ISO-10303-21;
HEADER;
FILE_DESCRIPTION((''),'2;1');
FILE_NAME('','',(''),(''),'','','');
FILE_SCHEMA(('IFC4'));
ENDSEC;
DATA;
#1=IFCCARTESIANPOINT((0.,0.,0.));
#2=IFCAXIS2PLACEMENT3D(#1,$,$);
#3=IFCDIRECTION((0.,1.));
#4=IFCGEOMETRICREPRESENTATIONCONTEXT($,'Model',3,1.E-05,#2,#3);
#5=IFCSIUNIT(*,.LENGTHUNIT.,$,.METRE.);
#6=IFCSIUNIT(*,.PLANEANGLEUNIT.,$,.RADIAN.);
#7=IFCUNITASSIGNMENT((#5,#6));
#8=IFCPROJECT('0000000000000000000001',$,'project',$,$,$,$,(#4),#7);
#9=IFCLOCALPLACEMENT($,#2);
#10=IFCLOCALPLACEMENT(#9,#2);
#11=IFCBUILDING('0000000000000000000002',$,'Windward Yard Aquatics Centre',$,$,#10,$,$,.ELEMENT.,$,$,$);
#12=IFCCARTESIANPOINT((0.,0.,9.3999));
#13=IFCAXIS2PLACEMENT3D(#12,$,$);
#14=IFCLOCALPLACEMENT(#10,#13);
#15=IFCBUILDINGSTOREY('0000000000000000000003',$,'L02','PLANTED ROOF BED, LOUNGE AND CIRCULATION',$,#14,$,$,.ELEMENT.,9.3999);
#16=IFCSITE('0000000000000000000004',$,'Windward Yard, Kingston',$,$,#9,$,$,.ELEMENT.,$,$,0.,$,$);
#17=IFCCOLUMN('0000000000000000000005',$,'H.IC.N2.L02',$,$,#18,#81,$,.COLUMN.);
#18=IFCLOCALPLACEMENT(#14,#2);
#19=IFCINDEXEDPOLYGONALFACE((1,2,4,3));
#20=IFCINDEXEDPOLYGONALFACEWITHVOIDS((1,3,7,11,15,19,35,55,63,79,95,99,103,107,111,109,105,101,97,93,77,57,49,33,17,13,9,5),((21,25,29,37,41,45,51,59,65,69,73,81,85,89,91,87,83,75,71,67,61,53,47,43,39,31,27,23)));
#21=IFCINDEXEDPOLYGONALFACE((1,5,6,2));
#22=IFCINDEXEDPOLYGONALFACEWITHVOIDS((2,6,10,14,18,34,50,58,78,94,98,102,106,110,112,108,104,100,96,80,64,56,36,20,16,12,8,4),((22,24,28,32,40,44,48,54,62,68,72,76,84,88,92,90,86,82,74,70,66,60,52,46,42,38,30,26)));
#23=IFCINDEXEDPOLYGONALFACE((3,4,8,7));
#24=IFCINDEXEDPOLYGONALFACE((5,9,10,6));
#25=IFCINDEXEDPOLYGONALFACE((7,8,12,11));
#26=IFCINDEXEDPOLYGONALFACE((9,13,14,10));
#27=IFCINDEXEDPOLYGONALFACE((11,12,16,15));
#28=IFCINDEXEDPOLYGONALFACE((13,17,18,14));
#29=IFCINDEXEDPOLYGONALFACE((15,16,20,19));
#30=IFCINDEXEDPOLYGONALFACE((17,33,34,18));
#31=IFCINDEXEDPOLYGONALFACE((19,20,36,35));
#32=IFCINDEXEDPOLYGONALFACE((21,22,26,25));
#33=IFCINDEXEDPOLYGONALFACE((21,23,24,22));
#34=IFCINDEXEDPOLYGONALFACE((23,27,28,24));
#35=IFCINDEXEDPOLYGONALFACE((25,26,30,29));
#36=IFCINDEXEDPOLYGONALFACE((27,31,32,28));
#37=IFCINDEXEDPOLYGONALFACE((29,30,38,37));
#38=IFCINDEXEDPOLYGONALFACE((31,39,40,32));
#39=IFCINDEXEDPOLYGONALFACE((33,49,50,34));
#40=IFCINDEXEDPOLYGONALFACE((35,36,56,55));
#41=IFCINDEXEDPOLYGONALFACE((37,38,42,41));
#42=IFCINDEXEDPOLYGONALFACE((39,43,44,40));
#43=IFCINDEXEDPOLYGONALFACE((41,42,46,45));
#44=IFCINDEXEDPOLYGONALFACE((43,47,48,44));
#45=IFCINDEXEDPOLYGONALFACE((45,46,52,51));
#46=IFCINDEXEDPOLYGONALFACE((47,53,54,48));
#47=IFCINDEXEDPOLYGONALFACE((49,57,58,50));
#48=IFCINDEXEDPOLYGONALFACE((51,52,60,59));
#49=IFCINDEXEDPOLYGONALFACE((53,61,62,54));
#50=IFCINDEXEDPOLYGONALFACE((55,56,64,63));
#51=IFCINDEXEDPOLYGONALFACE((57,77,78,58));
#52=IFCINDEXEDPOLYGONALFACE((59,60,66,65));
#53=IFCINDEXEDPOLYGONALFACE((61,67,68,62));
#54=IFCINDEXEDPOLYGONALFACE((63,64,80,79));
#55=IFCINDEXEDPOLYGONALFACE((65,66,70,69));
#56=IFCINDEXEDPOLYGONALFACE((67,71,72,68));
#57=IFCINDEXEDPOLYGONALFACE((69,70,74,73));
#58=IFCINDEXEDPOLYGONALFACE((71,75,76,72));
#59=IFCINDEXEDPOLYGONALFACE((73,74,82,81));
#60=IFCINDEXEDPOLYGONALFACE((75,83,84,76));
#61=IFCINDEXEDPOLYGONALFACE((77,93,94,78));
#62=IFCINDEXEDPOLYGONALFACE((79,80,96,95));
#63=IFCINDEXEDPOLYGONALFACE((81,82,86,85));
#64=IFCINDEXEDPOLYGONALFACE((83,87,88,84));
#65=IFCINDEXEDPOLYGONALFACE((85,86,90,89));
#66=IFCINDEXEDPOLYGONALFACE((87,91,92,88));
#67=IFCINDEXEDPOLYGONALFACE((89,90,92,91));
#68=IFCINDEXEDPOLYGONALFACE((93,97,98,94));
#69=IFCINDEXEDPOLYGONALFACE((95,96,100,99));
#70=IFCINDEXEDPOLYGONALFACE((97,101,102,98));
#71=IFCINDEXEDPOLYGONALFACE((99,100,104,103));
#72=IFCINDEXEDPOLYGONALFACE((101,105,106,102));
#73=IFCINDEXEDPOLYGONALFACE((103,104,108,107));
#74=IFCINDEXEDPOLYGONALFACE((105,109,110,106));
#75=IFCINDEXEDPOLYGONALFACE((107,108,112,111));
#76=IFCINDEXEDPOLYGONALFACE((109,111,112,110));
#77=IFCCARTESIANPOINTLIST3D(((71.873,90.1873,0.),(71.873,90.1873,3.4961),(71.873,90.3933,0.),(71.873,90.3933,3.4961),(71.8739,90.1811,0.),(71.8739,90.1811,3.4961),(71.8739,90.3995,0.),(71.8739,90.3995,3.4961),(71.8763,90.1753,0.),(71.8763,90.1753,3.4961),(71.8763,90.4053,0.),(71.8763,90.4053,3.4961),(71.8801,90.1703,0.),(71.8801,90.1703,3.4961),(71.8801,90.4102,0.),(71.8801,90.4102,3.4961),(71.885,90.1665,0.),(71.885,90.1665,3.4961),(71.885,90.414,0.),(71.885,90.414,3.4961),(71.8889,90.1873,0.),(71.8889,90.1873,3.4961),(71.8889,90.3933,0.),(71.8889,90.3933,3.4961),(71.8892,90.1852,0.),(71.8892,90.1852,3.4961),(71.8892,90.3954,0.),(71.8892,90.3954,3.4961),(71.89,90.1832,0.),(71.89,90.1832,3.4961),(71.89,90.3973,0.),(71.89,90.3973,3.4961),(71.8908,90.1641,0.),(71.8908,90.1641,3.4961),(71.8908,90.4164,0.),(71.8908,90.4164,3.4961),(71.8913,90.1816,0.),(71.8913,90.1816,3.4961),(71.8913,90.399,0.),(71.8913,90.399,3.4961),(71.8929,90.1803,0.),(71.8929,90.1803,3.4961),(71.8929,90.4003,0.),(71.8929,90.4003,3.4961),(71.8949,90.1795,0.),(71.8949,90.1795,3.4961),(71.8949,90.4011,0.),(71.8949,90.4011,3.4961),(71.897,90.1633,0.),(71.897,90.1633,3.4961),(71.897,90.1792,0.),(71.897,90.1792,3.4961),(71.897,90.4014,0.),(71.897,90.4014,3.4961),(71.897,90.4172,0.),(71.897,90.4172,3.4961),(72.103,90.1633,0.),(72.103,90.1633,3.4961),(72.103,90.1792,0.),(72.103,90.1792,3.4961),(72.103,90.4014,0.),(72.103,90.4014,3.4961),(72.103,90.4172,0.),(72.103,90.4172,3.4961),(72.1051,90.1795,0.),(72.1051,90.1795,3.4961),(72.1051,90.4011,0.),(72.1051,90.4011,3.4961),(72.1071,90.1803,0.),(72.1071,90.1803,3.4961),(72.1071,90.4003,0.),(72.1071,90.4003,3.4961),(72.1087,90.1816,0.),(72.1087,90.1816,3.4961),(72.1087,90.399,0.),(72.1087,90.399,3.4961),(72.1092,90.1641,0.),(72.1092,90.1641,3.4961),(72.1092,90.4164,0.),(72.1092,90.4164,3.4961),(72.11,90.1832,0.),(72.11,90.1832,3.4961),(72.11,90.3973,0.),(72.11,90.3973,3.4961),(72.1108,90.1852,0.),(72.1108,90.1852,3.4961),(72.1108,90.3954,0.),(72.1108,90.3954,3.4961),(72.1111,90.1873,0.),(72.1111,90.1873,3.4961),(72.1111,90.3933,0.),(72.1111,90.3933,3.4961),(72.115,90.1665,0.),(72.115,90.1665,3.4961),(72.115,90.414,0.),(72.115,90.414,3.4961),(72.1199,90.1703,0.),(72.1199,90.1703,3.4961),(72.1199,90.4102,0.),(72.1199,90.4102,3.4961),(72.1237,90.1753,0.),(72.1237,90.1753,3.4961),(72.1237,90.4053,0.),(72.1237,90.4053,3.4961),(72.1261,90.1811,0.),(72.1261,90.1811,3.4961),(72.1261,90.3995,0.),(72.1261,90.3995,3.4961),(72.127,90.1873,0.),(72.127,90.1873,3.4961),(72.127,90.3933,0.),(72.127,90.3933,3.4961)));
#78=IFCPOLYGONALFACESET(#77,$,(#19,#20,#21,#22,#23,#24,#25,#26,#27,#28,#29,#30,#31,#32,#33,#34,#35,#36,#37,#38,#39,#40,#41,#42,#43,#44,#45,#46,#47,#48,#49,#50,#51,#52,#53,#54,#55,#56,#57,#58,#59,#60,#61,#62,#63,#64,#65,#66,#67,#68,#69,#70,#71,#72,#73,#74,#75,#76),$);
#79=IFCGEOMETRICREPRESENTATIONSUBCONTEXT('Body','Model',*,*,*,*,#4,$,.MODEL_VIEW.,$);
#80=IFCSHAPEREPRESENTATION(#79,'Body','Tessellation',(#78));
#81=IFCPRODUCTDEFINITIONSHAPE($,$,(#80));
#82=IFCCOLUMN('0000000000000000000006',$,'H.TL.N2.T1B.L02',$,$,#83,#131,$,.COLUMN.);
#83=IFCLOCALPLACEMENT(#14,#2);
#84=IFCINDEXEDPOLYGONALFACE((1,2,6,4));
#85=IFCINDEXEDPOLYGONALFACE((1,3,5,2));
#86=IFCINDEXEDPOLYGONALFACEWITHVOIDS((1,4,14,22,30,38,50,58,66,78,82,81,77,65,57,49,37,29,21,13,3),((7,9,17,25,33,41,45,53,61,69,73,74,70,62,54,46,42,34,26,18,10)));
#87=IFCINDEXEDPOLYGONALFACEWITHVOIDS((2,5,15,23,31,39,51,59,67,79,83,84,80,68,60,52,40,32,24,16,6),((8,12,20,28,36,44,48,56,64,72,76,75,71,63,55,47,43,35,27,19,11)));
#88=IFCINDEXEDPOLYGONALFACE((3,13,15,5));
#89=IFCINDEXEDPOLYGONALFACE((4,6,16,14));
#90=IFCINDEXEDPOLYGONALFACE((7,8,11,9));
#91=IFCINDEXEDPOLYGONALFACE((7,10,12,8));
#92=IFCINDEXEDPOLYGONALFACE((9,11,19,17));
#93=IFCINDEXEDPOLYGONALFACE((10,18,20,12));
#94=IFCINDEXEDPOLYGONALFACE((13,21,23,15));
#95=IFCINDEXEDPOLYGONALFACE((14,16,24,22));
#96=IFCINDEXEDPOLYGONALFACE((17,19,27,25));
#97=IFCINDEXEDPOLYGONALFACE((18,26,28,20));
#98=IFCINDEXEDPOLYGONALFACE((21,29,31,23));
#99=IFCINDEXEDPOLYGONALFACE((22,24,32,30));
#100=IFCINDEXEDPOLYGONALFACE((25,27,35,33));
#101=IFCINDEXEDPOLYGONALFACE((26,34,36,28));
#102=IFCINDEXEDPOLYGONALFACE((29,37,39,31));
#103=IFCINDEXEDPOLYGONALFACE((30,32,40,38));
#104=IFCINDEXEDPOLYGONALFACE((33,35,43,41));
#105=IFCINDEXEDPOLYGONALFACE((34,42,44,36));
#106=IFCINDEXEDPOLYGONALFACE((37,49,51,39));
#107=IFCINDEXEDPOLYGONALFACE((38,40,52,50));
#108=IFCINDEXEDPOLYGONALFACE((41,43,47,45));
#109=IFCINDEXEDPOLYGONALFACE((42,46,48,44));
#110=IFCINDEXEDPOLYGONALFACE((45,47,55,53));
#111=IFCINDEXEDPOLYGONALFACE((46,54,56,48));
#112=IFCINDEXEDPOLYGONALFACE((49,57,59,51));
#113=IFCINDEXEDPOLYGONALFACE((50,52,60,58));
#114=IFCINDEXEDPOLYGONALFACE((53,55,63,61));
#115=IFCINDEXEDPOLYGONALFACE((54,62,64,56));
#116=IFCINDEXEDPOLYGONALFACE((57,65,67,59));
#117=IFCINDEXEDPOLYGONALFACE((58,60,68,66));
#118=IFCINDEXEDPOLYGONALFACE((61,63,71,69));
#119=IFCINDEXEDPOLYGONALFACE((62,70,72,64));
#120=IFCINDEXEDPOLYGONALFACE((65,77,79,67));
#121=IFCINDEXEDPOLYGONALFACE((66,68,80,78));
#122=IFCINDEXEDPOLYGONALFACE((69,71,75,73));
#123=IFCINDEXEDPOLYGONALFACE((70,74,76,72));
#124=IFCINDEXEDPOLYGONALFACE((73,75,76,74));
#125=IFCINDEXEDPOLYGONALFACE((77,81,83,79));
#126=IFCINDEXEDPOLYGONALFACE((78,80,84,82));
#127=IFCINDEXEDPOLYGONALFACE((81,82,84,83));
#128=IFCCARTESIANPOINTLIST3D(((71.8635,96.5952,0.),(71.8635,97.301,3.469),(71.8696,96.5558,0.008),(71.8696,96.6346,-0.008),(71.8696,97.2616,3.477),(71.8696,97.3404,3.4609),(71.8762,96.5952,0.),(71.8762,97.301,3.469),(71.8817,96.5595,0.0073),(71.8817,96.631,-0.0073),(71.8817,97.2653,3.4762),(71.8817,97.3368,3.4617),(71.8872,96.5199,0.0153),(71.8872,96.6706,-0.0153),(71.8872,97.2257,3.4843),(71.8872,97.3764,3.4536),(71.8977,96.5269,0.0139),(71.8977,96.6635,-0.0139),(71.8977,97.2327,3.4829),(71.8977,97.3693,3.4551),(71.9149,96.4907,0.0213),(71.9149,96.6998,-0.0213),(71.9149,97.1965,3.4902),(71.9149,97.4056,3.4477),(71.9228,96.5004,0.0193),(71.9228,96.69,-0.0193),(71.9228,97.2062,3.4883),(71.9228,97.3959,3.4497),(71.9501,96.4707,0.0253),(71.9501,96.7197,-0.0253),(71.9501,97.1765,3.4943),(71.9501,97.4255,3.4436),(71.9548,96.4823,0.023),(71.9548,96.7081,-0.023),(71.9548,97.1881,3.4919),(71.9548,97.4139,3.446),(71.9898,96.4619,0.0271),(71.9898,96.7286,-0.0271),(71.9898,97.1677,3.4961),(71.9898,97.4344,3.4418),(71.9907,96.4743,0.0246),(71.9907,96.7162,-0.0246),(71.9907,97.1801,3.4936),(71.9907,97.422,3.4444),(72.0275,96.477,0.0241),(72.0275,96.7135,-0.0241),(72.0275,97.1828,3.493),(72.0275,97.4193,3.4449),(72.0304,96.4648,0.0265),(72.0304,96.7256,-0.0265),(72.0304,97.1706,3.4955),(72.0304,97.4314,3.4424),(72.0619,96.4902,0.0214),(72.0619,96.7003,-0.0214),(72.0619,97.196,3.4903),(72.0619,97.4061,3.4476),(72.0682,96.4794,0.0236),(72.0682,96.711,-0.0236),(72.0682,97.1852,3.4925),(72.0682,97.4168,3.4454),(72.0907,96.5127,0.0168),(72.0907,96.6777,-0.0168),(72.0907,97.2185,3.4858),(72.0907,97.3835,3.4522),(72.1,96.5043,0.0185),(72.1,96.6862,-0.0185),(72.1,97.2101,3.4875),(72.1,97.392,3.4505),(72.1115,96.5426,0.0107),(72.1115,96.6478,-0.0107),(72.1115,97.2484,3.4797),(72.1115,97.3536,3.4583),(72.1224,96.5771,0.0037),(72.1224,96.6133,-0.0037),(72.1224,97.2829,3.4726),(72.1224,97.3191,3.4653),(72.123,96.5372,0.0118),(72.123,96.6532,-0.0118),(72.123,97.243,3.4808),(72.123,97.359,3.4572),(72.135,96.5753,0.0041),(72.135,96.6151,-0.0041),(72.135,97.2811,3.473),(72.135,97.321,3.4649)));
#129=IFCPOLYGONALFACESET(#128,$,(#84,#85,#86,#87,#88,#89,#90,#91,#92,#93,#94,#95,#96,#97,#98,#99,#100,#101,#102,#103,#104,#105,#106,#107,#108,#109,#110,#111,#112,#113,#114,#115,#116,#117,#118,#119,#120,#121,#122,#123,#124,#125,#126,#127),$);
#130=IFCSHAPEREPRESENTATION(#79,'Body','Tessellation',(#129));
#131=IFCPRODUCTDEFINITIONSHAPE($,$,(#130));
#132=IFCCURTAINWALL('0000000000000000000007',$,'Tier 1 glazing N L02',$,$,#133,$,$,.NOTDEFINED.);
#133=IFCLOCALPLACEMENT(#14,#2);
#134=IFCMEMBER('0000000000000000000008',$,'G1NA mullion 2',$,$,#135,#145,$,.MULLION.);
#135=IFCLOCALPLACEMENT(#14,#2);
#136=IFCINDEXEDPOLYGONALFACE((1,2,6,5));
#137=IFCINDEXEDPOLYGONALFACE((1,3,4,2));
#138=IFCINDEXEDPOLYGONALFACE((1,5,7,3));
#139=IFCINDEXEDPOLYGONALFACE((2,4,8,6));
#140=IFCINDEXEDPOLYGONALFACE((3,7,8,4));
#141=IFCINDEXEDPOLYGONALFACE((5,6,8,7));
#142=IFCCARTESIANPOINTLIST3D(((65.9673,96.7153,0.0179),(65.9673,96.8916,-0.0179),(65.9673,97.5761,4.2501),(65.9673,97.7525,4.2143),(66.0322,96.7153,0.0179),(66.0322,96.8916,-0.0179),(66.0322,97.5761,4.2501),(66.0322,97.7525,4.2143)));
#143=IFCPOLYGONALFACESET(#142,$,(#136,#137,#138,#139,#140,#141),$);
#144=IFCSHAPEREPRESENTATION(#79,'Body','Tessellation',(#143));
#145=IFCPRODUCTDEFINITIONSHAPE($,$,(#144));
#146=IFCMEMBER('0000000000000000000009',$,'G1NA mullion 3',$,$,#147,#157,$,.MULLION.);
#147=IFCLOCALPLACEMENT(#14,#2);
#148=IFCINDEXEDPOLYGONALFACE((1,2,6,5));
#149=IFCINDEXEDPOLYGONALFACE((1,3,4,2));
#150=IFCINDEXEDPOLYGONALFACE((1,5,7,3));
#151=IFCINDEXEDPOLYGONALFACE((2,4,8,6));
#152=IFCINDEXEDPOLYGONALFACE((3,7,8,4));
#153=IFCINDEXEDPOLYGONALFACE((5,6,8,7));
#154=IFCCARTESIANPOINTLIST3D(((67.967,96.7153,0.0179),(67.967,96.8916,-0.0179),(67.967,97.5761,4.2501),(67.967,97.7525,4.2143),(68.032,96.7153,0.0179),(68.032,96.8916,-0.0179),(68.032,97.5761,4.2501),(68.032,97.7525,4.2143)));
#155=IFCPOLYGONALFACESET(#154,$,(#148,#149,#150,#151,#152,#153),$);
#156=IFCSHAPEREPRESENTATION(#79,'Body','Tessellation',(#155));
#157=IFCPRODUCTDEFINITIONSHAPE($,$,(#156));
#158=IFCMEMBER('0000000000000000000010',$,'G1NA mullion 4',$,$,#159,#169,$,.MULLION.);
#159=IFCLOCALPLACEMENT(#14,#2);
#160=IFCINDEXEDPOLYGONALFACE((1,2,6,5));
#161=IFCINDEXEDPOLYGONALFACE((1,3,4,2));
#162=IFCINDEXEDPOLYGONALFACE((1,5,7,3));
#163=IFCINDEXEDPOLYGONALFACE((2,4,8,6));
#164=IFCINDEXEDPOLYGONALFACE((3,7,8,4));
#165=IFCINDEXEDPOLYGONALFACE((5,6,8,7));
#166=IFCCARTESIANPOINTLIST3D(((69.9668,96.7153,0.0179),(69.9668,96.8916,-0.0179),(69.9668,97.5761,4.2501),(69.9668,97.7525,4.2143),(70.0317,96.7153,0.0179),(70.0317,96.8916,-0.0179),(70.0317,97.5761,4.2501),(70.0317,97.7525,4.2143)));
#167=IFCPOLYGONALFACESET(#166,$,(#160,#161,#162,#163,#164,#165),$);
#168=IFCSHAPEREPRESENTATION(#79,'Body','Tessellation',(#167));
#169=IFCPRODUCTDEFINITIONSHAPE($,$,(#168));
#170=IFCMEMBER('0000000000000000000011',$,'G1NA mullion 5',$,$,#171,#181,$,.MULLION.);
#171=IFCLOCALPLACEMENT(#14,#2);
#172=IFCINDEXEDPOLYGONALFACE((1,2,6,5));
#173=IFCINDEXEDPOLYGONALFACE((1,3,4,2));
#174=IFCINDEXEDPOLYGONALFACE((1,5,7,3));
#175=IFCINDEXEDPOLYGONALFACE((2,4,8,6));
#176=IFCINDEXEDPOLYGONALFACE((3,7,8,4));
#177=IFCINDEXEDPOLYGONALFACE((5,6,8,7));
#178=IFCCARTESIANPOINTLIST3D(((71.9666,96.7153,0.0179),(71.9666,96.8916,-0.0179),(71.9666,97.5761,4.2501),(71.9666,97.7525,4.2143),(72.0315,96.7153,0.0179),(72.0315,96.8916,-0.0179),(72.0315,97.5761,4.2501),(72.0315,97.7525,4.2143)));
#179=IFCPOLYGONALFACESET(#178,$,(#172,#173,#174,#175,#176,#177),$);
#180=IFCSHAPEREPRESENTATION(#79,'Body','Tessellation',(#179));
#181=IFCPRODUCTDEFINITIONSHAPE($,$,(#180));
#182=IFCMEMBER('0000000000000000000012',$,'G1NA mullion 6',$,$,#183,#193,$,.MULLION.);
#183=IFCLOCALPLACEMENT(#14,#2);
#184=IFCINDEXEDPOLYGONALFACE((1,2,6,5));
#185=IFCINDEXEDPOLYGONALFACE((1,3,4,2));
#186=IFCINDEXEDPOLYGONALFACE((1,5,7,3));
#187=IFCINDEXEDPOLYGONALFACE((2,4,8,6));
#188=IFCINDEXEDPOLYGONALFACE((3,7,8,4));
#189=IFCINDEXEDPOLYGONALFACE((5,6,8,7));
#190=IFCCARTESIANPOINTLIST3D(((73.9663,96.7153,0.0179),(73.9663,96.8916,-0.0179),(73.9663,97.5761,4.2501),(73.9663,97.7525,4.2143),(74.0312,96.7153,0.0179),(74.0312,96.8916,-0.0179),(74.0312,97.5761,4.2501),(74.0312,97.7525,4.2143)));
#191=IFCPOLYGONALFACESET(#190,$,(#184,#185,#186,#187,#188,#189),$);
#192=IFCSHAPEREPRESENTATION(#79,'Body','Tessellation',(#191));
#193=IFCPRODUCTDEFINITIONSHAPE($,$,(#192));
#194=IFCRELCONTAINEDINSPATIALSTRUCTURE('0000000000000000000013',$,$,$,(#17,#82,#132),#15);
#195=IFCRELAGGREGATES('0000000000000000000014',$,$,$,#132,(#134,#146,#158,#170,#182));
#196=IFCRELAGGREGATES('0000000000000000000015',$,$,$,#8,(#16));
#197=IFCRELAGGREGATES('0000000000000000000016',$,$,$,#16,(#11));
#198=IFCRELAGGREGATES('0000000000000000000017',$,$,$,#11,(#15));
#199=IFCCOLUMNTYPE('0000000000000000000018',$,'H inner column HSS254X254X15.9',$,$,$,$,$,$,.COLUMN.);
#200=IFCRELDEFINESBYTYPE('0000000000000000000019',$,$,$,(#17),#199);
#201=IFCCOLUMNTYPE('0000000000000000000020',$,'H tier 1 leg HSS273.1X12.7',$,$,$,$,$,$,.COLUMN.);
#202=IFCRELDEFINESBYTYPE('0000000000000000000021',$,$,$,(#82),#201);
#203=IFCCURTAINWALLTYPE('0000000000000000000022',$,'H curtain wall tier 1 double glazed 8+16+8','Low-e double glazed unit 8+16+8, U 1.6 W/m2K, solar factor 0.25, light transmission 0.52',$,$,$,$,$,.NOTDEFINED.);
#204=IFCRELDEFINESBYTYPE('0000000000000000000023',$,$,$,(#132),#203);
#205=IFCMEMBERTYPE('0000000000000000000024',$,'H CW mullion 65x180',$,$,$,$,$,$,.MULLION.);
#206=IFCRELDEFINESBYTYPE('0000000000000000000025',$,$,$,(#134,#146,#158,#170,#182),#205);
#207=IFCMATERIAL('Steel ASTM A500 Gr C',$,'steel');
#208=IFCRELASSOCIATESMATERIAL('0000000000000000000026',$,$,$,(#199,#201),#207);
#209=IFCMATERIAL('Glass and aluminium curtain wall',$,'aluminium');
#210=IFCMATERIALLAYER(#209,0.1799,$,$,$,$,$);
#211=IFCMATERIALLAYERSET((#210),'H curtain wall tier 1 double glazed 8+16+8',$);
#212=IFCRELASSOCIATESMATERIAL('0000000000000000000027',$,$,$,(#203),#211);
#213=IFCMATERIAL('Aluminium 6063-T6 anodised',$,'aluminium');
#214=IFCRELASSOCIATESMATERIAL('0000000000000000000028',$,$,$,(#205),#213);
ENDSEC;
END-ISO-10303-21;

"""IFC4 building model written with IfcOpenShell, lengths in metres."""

from ifc_helpers import new_model, si_unit, direction, frame, origin, origin_2d, place, context, subcontext, project, spatial, rectangle, hollow_rectangle, hollow_circle, extrude, material, layer, layer_set, material_profile, profile_set, type_object, element, aggregate, save


model = new_model("IFC4")

# Units and contexts
model_context = context("Model", 3, precision=1e-05, world=origin(), true_north=direction((0.0, 1.0)))
body_context = subcontext(model_context, "Body", "Model", "MODEL_VIEW")
ifc_project = project(units=[si_unit("LENGTHUNIT", "METRE"), si_unit("PLANEANGLEUNIT", "RADIAN")], contexts=[model_context])

# Site, building, storey
site_placement = place(None, origin())
site = spatial("IfcSite", under=ifc_project, at=site_placement, Name="Windward Yard, Kingston", CompositionType="ELEMENT", RefElevation=0.0)
building_placement = place(site_placement, origin())
building = spatial("IfcBuilding", under=site, at=building_placement, Name="Windward Yard Aquatics Centre", CompositionType="ELEMENT")
storey_placement = place(building_placement, frame((0.0, 0.0, 9.3999)))
storey = spatial("IfcBuildingStorey", under=building, at=storey_placement, Name="L02", Description="PLANTED ROOF BED, LOUNGE AND CIRCULATION", CompositionType="ELEMENT", Elevation=9.3999)

# Columns
ifc_material_1 = material(Name="Steel ASTM A500 Gr C", Category="steel")
ifc_material_profile_1 = material_profile(ifc_material_1, hollow_rectangle(XDim=0.2539, YDim=0.2539, WallThickness=0.0159, InnerFilletRadius=0.0081, OuterFilletRadius=0.0239, at=origin_2d()), Name="HSS254X254X15.9")
ifc_profile_set_1 = profile_set([ifc_material_profile_1], Name="Steel ASTM A500 Gr C")
column_type_1 = type_object("IfcColumnType", Name="H inner column HSS254X254X15.9", PredefinedType="COLUMN", material=ifc_profile_set_1)
column_1_placement = place(storey_placement, frame((72.0, 90.2903, 0.0), z_axis=(0.0, 0.0, 1.0), x_axis=(1.0, 0.0, 0.0)))
element("IfcColumn", 1, at=column_1_placement, inside=storey, type_object=column_type_1, Name="H.IC.N2.L02", PredefinedType="COLUMN", context=body_context, shape_type="SweptSolid", body=[
    extrude(hollow_rectangle(XDim=0.2539, YDim=0.2539, WallThickness=0.0159, InnerFilletRadius=0.0081, OuterFilletRadius=0.0239, at=origin_2d()), origin(), (0.0, 0.0, 1.0), 3.4961),
])
ifc_material_profile_2 = material_profile(ifc_material_1, hollow_circle(Radius=0.1365, WallThickness=0.0127, at=origin_2d()), Name="HSS273.1X12.7")
ifc_profile_set_2 = profile_set([ifc_material_profile_2], Name="Steel ASTM A500 Gr C")
column_type_2 = type_object("IfcColumnType", Name="H tier 1 leg HSS273.1X12.7", PredefinedType="COLUMN", material=ifc_profile_set_2)
column_2_placement = place(storey_placement, frame((72.0, 96.5952, 0.0), z_axis=(0.0, 0.199378, 0.979923), x_axis=(-1.0, 0.0, 0.0)))
element("IfcColumn", 2, at=column_2_placement, inside=storey, type_object=column_type_2, Name="H.TL.N2.T1B.L02", PredefinedType="COLUMN", context=body_context, shape_type="SweptSolid", body=[
    extrude(hollow_circle(Radius=0.1365, WallThickness=0.0127, at=origin_2d()), origin(), (0.0, 0.0, 1.0), 3.54),
])

# Curtain wall, members
ifc_material_2 = material(Name="Glass and aluminium curtain wall", Category="aluminium")
ifc_layer_1 = layer(ifc_material_2, 0.1799)
ifc_layer_set_1 = layer_set([ifc_layer_1], Name="H curtain wall tier 1 double glazed 8+16+8")
curtain_wall_type = type_object("IfcCurtainWallType", Name="H curtain wall tier 1 double glazed 8+16+8", Description="Low-e double glazed unit 8+16+8, U 1.6 W/m2K, solar factor 0.25, light transmission 0.52", PredefinedType="NOTDEFINED", material=ifc_layer_set_1)
curtain_wall_placement = place(storey_placement, origin())
curtain_wall = element("IfcCurtainWall", 3, at=curtain_wall_placement, inside=storey, type_object=curtain_wall_type, Name="Tier 1 glazing N L02", PredefinedType="NOTDEFINED")
ifc_material_3 = material(Name="Aluminium 6063-T6 anodised", Category="aluminium")
ifc_material_profile_3 = material_profile(ifc_material_3, rectangle(XDim=0.0649, YDim=0.1799, at=origin_2d()), Name="H CW mullion 65x180")
ifc_profile_set_3 = profile_set([ifc_material_profile_3], Name="Aluminium 6063-T6 anodised")
member_type_1 = type_object("IfcMemberType", Name="H CW mullion 65x180", PredefinedType="MULLION", material=ifc_profile_set_3)
member_1_placement = place(storey_placement, frame((65.9998, 96.8035, 0.0), z_axis=(0.0, 0.199322, 0.979934), x_axis=(-1.0, 0.0, 0.0)))
member_1 = element("IfcMember", 4, at=member_1_placement, type_object=member_type_1, Name="G1NA mullion 2", PredefinedType="MULLION", context=body_context, shape_type="SweptSolid", body=[
    extrude(rectangle(XDim=0.0649, YDim=0.1799, at=origin_2d()), origin(), (0.0, 0.0, 1.0), 4.3188),
])
member_2_placement = place(storey_placement, frame((67.9995, 96.8035, 0.0), z_axis=(0.0, 0.199322, 0.979934), x_axis=(-1.0, 0.0, 0.0)))
member_2 = element("IfcMember", 5, at=member_2_placement, type_object=member_type_1, Name="G1NA mullion 3", PredefinedType="MULLION", context=body_context, shape_type="SweptSolid", body=[
    extrude(rectangle(XDim=0.0649, YDim=0.1799, at=origin_2d()), origin(), (0.0, 0.0, 1.0), 4.3188),
])
member_3_placement = place(storey_placement, frame((69.9993, 96.8035, 0.0), z_axis=(0.0, 0.199322, 0.979934), x_axis=(-1.0, 0.0, 0.0)))
member_3 = element("IfcMember", 6, at=member_3_placement, type_object=member_type_1, Name="G1NA mullion 4", PredefinedType="MULLION", context=body_context, shape_type="SweptSolid", body=[
    extrude(rectangle(XDim=0.0649, YDim=0.1799, at=origin_2d()), origin(), (0.0, 0.0, 1.0), 4.3188),
])
member_4_placement = place(storey_placement, frame((71.999, 96.8035, 0.0), z_axis=(0.0, 0.199322, 0.979934), x_axis=(-1.0, 0.0, 0.0)))
member_4 = element("IfcMember", 7, at=member_4_placement, type_object=member_type_1, Name="G1NA mullion 5", PredefinedType="MULLION", context=body_context, shape_type="SweptSolid", body=[
    extrude(rectangle(XDim=0.0649, YDim=0.1799, at=origin_2d()), origin(), (0.0, 0.0, 1.0), 4.3188),
])
member_5_placement = place(storey_placement, frame((73.9988, 96.8035, 0.0), z_axis=(0.0, 0.199322, 0.979934), x_axis=(-1.0, 0.0, 0.0)))
member_5 = element("IfcMember", 8, at=member_5_placement, type_object=member_type_1, Name="G1NA mullion 6", PredefinedType="MULLION", context=body_context, shape_type="SweptSolid", body=[
    extrude(rectangle(XDim=0.0649, YDim=0.1799, at=origin_2d()), origin(), (0.0, 0.0, 1.0), 4.3188),
])

aggregate(curtain_wall, [member_1, member_2, member_3, member_4, member_5])

save(model, "model.ifc")
